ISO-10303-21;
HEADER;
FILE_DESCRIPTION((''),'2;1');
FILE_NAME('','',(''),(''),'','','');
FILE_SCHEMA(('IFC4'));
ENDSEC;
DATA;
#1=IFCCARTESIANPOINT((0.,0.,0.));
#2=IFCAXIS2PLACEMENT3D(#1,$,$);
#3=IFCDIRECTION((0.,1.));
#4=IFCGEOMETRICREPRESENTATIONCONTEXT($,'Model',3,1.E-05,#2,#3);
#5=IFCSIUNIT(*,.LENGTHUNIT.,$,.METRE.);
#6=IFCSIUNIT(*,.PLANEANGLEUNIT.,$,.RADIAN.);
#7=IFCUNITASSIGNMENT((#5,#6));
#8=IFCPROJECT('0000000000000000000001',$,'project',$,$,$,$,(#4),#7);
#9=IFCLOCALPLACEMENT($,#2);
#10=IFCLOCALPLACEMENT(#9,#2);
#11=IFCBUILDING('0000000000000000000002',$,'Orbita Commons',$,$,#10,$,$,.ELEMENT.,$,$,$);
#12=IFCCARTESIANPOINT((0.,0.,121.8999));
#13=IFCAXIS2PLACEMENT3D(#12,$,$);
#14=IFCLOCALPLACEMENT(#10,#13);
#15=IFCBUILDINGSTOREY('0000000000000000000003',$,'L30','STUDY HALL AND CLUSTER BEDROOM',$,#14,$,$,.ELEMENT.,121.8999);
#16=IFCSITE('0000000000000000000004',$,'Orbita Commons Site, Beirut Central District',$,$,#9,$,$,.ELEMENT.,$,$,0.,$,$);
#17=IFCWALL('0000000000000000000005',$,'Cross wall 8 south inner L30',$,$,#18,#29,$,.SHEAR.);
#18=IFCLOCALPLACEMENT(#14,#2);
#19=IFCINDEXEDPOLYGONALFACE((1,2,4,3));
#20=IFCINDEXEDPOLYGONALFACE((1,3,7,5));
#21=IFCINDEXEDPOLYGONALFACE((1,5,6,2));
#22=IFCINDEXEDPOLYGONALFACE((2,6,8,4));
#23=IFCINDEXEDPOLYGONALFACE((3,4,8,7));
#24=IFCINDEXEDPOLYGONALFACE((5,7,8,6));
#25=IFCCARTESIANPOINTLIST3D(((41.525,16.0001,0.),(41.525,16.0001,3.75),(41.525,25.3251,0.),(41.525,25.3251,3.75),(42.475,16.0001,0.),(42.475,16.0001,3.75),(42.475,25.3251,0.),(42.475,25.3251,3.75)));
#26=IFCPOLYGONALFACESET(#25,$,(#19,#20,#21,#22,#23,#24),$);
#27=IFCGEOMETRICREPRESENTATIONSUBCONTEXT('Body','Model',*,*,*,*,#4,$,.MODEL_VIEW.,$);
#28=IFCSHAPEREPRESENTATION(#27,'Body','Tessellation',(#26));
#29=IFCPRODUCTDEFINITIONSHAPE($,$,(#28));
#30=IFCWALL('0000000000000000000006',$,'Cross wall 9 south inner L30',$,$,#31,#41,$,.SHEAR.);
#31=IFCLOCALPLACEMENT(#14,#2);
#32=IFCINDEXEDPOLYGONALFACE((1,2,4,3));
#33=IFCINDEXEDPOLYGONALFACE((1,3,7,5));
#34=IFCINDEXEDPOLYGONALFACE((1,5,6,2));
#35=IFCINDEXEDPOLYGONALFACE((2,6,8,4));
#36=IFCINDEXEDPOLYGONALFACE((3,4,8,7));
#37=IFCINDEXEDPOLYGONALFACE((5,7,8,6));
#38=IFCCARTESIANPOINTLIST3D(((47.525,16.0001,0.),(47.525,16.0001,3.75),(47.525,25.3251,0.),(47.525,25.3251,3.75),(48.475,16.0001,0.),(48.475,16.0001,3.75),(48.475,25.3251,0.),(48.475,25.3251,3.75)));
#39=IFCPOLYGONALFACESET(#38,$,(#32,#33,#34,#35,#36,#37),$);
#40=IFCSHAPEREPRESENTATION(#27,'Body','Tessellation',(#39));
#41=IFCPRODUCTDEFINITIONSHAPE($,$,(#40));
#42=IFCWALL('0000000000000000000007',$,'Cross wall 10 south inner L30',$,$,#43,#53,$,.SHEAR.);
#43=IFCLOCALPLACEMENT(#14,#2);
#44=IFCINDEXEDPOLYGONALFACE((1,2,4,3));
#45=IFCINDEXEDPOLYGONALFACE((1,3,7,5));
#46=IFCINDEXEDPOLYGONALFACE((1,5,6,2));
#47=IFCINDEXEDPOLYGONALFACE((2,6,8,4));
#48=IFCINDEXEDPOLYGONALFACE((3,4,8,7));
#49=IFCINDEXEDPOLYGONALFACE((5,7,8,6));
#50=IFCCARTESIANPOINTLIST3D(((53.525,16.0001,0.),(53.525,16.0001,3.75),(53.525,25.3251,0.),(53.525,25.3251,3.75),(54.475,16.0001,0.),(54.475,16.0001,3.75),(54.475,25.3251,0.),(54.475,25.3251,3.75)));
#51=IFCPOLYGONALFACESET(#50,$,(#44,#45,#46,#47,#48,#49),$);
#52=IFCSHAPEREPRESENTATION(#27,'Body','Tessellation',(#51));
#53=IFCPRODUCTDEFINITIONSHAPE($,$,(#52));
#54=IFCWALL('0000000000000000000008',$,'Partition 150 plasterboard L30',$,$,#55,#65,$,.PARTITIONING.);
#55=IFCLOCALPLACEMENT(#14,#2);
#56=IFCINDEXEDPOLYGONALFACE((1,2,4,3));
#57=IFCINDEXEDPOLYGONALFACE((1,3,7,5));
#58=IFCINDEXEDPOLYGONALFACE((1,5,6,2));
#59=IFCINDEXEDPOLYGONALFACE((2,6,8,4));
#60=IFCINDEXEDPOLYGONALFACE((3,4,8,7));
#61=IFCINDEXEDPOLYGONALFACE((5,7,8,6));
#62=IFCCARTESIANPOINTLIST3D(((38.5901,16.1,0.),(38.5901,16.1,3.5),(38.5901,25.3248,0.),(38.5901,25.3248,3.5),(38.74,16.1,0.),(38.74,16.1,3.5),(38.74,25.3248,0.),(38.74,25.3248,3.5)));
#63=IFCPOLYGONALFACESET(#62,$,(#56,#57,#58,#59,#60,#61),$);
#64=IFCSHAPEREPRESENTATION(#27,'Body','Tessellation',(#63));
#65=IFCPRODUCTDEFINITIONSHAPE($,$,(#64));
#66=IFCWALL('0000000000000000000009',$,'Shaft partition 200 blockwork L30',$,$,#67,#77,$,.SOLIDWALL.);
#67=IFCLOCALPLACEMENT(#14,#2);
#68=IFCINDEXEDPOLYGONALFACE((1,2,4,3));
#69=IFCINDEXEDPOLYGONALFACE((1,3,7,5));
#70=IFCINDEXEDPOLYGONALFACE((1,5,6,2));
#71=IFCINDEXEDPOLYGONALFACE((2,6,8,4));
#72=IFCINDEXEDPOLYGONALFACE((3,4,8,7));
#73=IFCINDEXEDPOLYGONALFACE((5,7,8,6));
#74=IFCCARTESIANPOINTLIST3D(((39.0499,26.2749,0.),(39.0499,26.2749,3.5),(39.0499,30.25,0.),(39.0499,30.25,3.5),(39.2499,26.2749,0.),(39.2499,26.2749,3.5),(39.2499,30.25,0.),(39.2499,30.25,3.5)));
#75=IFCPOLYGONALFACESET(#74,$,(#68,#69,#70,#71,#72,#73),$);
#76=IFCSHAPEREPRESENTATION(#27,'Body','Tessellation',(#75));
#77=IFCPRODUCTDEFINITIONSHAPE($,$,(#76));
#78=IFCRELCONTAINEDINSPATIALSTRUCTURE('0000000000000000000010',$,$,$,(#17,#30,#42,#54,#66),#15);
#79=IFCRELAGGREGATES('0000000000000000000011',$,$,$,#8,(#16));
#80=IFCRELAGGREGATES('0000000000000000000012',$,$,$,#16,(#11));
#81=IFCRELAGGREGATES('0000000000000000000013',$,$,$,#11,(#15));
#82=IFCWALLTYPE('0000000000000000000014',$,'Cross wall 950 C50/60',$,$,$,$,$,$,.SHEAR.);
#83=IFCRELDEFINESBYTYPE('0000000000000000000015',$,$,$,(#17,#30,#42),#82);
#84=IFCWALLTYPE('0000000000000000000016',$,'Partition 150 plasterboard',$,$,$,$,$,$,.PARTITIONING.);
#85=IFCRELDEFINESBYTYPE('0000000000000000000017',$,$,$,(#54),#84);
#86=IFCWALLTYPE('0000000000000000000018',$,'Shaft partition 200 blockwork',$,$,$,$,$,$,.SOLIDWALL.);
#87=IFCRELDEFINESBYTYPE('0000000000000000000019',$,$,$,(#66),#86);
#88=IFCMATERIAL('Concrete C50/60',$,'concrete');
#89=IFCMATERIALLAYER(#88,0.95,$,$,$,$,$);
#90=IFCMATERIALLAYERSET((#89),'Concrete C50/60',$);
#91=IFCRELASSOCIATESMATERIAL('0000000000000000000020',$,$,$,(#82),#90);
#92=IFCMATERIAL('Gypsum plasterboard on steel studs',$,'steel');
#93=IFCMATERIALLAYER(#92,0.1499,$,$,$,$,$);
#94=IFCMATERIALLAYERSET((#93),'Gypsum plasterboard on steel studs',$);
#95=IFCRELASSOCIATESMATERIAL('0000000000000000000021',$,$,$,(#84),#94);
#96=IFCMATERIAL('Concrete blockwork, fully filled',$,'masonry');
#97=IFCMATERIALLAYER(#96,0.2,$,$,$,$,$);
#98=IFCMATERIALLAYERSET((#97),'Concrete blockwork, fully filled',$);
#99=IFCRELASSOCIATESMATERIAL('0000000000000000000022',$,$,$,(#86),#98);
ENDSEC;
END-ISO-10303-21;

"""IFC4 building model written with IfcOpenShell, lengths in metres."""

from ifc_helpers import new_model, si_unit, direction, frame, frame_2d, origin, place, context, subcontext, project, spatial, rectangle, extrude, material, layer, layer_set, type_object, element, save


model = new_model("IFC4")

# Units and contexts
model_context = context("Model", 3, precision=1e-05, world=origin(), true_north=direction((0.0, 1.0)))
body_context = subcontext(model_context, "Body", "Model", "MODEL_VIEW")
ifc_project = project(units=[si_unit("LENGTHUNIT", "METRE"), si_unit("PLANEANGLEUNIT", "RADIAN")], contexts=[model_context])

# Site, building, storey
site_placement = place(None, origin())
site = spatial("IfcSite", under=ifc_project, at=site_placement, Name="Orbita Commons Site, Beirut Central District", CompositionType="ELEMENT", RefElevation=0.0)
building_placement = place(site_placement, origin())
building = spatial("IfcBuilding", under=site, at=building_placement, Name="Orbita Commons", CompositionType="ELEMENT")
storey_placement = place(building_placement, frame((0.0, 0.0, 121.8999)))
storey = spatial("IfcBuildingStorey", under=building, at=storey_placement, Name="L30", Description="STUDY HALL AND CLUSTER BEDROOM", CompositionType="ELEMENT", Elevation=121.8999)

# Walls
ifc_material_1 = material(Name="Concrete C50/60", Category="concrete")
ifc_layer_1 = layer(ifc_material_1, 0.95)
ifc_layer_set_1 = layer_set([ifc_layer_1], Name="Concrete C50/60")
wall_type_1 = type_object("IfcWallType", Name="Cross wall 950 C50/60", PredefinedType="SHEAR", material=ifc_layer_set_1)
for number, where, z_axis, x_axis, name in (
    (1, (42.0, 16.0, 0.0), (0.0, 0.0, 1.0), (0.0, 1.0, 0.0), "Cross wall 8 south inner L30"),
    (2, (48.0, 16.0, 0.0), (0.0, 0.0, 1.0), (0.0, 1.0, 0.0), "Cross wall 9 south inner L30"),
    (3, (54.0, 16.0, 0.0), (0.0, 0.0, 1.0), (0.0, 1.0, 0.0), "Cross wall 10 south inner L30"),
):
    element("IfcWall", number, at=place(storey_placement, frame(where, z_axis=z_axis, x_axis=x_axis)), inside=storey, type_object=wall_type_1, Name=name, PredefinedType="SHEAR", context=body_context, shape_type="SweptSolid", body=[
        extrude(rectangle(XDim=9.325, YDim=0.95, at=frame_2d((4.6626, 0.0))), origin(), (0.0, 0.0, 1.0), 3.75),
    ])
ifc_material_2 = material(Name="Gypsum plasterboard on steel studs", Category="steel")
ifc_layer_2 = layer(ifc_material_2, 0.1499)
ifc_layer_set_2 = layer_set([ifc_layer_2], Name="Gypsum plasterboard on steel studs")
wall_type_2 = type_object("IfcWallType", Name="Partition 150 plasterboard", PredefinedType="PARTITIONING", material=ifc_layer_set_2)
wall_1_placement = place(storey_placement, frame((38.665, 16.1001, 0.0), z_axis=(0.0, 0.0, 1.0), x_axis=(0.0, 1.0, 0.0)))
element("IfcWall", 4, at=wall_1_placement, inside=storey, type_object=wall_type_2, Name="Partition 150 plasterboard L30", PredefinedType="PARTITIONING", context=body_context, shape_type="SweptSolid", body=[
    extrude(rectangle(XDim=9.2249, YDim=0.1499, at=frame_2d((4.6123, 0.0))), origin(), (0.0, 0.0, 1.0), 3.5),
])
ifc_material_3 = material(Name="Concrete blockwork, fully filled", Category="masonry")
ifc_layer_3 = layer(ifc_material_3, 0.2)
ifc_layer_set_3 = layer_set([ifc_layer_3], Name="Concrete blockwork, fully filled")
wall_type_3 = type_object("IfcWallType", Name="Shaft partition 200 blockwork", PredefinedType="SOLIDWALL", material=ifc_layer_set_3)
wall_2_placement = place(storey_placement, frame((39.1499, 26.2749, 0.0), z_axis=(0.0, 0.0, 1.0), x_axis=(0.0, 1.0, 0.0)))
element("IfcWall", 5, at=wall_2_placement, inside=storey, type_object=wall_type_3, Name="Shaft partition 200 blockwork L30", PredefinedType="SOLIDWALL", context=body_context, shape_type="SweptSolid", body=[
    extrude(rectangle(XDim=3.9751, YDim=0.2, at=frame_2d((1.9875, 0.0))), origin(), (0.0, 0.0, 1.0), 3.5),
])

save(model, "model.ifc")
